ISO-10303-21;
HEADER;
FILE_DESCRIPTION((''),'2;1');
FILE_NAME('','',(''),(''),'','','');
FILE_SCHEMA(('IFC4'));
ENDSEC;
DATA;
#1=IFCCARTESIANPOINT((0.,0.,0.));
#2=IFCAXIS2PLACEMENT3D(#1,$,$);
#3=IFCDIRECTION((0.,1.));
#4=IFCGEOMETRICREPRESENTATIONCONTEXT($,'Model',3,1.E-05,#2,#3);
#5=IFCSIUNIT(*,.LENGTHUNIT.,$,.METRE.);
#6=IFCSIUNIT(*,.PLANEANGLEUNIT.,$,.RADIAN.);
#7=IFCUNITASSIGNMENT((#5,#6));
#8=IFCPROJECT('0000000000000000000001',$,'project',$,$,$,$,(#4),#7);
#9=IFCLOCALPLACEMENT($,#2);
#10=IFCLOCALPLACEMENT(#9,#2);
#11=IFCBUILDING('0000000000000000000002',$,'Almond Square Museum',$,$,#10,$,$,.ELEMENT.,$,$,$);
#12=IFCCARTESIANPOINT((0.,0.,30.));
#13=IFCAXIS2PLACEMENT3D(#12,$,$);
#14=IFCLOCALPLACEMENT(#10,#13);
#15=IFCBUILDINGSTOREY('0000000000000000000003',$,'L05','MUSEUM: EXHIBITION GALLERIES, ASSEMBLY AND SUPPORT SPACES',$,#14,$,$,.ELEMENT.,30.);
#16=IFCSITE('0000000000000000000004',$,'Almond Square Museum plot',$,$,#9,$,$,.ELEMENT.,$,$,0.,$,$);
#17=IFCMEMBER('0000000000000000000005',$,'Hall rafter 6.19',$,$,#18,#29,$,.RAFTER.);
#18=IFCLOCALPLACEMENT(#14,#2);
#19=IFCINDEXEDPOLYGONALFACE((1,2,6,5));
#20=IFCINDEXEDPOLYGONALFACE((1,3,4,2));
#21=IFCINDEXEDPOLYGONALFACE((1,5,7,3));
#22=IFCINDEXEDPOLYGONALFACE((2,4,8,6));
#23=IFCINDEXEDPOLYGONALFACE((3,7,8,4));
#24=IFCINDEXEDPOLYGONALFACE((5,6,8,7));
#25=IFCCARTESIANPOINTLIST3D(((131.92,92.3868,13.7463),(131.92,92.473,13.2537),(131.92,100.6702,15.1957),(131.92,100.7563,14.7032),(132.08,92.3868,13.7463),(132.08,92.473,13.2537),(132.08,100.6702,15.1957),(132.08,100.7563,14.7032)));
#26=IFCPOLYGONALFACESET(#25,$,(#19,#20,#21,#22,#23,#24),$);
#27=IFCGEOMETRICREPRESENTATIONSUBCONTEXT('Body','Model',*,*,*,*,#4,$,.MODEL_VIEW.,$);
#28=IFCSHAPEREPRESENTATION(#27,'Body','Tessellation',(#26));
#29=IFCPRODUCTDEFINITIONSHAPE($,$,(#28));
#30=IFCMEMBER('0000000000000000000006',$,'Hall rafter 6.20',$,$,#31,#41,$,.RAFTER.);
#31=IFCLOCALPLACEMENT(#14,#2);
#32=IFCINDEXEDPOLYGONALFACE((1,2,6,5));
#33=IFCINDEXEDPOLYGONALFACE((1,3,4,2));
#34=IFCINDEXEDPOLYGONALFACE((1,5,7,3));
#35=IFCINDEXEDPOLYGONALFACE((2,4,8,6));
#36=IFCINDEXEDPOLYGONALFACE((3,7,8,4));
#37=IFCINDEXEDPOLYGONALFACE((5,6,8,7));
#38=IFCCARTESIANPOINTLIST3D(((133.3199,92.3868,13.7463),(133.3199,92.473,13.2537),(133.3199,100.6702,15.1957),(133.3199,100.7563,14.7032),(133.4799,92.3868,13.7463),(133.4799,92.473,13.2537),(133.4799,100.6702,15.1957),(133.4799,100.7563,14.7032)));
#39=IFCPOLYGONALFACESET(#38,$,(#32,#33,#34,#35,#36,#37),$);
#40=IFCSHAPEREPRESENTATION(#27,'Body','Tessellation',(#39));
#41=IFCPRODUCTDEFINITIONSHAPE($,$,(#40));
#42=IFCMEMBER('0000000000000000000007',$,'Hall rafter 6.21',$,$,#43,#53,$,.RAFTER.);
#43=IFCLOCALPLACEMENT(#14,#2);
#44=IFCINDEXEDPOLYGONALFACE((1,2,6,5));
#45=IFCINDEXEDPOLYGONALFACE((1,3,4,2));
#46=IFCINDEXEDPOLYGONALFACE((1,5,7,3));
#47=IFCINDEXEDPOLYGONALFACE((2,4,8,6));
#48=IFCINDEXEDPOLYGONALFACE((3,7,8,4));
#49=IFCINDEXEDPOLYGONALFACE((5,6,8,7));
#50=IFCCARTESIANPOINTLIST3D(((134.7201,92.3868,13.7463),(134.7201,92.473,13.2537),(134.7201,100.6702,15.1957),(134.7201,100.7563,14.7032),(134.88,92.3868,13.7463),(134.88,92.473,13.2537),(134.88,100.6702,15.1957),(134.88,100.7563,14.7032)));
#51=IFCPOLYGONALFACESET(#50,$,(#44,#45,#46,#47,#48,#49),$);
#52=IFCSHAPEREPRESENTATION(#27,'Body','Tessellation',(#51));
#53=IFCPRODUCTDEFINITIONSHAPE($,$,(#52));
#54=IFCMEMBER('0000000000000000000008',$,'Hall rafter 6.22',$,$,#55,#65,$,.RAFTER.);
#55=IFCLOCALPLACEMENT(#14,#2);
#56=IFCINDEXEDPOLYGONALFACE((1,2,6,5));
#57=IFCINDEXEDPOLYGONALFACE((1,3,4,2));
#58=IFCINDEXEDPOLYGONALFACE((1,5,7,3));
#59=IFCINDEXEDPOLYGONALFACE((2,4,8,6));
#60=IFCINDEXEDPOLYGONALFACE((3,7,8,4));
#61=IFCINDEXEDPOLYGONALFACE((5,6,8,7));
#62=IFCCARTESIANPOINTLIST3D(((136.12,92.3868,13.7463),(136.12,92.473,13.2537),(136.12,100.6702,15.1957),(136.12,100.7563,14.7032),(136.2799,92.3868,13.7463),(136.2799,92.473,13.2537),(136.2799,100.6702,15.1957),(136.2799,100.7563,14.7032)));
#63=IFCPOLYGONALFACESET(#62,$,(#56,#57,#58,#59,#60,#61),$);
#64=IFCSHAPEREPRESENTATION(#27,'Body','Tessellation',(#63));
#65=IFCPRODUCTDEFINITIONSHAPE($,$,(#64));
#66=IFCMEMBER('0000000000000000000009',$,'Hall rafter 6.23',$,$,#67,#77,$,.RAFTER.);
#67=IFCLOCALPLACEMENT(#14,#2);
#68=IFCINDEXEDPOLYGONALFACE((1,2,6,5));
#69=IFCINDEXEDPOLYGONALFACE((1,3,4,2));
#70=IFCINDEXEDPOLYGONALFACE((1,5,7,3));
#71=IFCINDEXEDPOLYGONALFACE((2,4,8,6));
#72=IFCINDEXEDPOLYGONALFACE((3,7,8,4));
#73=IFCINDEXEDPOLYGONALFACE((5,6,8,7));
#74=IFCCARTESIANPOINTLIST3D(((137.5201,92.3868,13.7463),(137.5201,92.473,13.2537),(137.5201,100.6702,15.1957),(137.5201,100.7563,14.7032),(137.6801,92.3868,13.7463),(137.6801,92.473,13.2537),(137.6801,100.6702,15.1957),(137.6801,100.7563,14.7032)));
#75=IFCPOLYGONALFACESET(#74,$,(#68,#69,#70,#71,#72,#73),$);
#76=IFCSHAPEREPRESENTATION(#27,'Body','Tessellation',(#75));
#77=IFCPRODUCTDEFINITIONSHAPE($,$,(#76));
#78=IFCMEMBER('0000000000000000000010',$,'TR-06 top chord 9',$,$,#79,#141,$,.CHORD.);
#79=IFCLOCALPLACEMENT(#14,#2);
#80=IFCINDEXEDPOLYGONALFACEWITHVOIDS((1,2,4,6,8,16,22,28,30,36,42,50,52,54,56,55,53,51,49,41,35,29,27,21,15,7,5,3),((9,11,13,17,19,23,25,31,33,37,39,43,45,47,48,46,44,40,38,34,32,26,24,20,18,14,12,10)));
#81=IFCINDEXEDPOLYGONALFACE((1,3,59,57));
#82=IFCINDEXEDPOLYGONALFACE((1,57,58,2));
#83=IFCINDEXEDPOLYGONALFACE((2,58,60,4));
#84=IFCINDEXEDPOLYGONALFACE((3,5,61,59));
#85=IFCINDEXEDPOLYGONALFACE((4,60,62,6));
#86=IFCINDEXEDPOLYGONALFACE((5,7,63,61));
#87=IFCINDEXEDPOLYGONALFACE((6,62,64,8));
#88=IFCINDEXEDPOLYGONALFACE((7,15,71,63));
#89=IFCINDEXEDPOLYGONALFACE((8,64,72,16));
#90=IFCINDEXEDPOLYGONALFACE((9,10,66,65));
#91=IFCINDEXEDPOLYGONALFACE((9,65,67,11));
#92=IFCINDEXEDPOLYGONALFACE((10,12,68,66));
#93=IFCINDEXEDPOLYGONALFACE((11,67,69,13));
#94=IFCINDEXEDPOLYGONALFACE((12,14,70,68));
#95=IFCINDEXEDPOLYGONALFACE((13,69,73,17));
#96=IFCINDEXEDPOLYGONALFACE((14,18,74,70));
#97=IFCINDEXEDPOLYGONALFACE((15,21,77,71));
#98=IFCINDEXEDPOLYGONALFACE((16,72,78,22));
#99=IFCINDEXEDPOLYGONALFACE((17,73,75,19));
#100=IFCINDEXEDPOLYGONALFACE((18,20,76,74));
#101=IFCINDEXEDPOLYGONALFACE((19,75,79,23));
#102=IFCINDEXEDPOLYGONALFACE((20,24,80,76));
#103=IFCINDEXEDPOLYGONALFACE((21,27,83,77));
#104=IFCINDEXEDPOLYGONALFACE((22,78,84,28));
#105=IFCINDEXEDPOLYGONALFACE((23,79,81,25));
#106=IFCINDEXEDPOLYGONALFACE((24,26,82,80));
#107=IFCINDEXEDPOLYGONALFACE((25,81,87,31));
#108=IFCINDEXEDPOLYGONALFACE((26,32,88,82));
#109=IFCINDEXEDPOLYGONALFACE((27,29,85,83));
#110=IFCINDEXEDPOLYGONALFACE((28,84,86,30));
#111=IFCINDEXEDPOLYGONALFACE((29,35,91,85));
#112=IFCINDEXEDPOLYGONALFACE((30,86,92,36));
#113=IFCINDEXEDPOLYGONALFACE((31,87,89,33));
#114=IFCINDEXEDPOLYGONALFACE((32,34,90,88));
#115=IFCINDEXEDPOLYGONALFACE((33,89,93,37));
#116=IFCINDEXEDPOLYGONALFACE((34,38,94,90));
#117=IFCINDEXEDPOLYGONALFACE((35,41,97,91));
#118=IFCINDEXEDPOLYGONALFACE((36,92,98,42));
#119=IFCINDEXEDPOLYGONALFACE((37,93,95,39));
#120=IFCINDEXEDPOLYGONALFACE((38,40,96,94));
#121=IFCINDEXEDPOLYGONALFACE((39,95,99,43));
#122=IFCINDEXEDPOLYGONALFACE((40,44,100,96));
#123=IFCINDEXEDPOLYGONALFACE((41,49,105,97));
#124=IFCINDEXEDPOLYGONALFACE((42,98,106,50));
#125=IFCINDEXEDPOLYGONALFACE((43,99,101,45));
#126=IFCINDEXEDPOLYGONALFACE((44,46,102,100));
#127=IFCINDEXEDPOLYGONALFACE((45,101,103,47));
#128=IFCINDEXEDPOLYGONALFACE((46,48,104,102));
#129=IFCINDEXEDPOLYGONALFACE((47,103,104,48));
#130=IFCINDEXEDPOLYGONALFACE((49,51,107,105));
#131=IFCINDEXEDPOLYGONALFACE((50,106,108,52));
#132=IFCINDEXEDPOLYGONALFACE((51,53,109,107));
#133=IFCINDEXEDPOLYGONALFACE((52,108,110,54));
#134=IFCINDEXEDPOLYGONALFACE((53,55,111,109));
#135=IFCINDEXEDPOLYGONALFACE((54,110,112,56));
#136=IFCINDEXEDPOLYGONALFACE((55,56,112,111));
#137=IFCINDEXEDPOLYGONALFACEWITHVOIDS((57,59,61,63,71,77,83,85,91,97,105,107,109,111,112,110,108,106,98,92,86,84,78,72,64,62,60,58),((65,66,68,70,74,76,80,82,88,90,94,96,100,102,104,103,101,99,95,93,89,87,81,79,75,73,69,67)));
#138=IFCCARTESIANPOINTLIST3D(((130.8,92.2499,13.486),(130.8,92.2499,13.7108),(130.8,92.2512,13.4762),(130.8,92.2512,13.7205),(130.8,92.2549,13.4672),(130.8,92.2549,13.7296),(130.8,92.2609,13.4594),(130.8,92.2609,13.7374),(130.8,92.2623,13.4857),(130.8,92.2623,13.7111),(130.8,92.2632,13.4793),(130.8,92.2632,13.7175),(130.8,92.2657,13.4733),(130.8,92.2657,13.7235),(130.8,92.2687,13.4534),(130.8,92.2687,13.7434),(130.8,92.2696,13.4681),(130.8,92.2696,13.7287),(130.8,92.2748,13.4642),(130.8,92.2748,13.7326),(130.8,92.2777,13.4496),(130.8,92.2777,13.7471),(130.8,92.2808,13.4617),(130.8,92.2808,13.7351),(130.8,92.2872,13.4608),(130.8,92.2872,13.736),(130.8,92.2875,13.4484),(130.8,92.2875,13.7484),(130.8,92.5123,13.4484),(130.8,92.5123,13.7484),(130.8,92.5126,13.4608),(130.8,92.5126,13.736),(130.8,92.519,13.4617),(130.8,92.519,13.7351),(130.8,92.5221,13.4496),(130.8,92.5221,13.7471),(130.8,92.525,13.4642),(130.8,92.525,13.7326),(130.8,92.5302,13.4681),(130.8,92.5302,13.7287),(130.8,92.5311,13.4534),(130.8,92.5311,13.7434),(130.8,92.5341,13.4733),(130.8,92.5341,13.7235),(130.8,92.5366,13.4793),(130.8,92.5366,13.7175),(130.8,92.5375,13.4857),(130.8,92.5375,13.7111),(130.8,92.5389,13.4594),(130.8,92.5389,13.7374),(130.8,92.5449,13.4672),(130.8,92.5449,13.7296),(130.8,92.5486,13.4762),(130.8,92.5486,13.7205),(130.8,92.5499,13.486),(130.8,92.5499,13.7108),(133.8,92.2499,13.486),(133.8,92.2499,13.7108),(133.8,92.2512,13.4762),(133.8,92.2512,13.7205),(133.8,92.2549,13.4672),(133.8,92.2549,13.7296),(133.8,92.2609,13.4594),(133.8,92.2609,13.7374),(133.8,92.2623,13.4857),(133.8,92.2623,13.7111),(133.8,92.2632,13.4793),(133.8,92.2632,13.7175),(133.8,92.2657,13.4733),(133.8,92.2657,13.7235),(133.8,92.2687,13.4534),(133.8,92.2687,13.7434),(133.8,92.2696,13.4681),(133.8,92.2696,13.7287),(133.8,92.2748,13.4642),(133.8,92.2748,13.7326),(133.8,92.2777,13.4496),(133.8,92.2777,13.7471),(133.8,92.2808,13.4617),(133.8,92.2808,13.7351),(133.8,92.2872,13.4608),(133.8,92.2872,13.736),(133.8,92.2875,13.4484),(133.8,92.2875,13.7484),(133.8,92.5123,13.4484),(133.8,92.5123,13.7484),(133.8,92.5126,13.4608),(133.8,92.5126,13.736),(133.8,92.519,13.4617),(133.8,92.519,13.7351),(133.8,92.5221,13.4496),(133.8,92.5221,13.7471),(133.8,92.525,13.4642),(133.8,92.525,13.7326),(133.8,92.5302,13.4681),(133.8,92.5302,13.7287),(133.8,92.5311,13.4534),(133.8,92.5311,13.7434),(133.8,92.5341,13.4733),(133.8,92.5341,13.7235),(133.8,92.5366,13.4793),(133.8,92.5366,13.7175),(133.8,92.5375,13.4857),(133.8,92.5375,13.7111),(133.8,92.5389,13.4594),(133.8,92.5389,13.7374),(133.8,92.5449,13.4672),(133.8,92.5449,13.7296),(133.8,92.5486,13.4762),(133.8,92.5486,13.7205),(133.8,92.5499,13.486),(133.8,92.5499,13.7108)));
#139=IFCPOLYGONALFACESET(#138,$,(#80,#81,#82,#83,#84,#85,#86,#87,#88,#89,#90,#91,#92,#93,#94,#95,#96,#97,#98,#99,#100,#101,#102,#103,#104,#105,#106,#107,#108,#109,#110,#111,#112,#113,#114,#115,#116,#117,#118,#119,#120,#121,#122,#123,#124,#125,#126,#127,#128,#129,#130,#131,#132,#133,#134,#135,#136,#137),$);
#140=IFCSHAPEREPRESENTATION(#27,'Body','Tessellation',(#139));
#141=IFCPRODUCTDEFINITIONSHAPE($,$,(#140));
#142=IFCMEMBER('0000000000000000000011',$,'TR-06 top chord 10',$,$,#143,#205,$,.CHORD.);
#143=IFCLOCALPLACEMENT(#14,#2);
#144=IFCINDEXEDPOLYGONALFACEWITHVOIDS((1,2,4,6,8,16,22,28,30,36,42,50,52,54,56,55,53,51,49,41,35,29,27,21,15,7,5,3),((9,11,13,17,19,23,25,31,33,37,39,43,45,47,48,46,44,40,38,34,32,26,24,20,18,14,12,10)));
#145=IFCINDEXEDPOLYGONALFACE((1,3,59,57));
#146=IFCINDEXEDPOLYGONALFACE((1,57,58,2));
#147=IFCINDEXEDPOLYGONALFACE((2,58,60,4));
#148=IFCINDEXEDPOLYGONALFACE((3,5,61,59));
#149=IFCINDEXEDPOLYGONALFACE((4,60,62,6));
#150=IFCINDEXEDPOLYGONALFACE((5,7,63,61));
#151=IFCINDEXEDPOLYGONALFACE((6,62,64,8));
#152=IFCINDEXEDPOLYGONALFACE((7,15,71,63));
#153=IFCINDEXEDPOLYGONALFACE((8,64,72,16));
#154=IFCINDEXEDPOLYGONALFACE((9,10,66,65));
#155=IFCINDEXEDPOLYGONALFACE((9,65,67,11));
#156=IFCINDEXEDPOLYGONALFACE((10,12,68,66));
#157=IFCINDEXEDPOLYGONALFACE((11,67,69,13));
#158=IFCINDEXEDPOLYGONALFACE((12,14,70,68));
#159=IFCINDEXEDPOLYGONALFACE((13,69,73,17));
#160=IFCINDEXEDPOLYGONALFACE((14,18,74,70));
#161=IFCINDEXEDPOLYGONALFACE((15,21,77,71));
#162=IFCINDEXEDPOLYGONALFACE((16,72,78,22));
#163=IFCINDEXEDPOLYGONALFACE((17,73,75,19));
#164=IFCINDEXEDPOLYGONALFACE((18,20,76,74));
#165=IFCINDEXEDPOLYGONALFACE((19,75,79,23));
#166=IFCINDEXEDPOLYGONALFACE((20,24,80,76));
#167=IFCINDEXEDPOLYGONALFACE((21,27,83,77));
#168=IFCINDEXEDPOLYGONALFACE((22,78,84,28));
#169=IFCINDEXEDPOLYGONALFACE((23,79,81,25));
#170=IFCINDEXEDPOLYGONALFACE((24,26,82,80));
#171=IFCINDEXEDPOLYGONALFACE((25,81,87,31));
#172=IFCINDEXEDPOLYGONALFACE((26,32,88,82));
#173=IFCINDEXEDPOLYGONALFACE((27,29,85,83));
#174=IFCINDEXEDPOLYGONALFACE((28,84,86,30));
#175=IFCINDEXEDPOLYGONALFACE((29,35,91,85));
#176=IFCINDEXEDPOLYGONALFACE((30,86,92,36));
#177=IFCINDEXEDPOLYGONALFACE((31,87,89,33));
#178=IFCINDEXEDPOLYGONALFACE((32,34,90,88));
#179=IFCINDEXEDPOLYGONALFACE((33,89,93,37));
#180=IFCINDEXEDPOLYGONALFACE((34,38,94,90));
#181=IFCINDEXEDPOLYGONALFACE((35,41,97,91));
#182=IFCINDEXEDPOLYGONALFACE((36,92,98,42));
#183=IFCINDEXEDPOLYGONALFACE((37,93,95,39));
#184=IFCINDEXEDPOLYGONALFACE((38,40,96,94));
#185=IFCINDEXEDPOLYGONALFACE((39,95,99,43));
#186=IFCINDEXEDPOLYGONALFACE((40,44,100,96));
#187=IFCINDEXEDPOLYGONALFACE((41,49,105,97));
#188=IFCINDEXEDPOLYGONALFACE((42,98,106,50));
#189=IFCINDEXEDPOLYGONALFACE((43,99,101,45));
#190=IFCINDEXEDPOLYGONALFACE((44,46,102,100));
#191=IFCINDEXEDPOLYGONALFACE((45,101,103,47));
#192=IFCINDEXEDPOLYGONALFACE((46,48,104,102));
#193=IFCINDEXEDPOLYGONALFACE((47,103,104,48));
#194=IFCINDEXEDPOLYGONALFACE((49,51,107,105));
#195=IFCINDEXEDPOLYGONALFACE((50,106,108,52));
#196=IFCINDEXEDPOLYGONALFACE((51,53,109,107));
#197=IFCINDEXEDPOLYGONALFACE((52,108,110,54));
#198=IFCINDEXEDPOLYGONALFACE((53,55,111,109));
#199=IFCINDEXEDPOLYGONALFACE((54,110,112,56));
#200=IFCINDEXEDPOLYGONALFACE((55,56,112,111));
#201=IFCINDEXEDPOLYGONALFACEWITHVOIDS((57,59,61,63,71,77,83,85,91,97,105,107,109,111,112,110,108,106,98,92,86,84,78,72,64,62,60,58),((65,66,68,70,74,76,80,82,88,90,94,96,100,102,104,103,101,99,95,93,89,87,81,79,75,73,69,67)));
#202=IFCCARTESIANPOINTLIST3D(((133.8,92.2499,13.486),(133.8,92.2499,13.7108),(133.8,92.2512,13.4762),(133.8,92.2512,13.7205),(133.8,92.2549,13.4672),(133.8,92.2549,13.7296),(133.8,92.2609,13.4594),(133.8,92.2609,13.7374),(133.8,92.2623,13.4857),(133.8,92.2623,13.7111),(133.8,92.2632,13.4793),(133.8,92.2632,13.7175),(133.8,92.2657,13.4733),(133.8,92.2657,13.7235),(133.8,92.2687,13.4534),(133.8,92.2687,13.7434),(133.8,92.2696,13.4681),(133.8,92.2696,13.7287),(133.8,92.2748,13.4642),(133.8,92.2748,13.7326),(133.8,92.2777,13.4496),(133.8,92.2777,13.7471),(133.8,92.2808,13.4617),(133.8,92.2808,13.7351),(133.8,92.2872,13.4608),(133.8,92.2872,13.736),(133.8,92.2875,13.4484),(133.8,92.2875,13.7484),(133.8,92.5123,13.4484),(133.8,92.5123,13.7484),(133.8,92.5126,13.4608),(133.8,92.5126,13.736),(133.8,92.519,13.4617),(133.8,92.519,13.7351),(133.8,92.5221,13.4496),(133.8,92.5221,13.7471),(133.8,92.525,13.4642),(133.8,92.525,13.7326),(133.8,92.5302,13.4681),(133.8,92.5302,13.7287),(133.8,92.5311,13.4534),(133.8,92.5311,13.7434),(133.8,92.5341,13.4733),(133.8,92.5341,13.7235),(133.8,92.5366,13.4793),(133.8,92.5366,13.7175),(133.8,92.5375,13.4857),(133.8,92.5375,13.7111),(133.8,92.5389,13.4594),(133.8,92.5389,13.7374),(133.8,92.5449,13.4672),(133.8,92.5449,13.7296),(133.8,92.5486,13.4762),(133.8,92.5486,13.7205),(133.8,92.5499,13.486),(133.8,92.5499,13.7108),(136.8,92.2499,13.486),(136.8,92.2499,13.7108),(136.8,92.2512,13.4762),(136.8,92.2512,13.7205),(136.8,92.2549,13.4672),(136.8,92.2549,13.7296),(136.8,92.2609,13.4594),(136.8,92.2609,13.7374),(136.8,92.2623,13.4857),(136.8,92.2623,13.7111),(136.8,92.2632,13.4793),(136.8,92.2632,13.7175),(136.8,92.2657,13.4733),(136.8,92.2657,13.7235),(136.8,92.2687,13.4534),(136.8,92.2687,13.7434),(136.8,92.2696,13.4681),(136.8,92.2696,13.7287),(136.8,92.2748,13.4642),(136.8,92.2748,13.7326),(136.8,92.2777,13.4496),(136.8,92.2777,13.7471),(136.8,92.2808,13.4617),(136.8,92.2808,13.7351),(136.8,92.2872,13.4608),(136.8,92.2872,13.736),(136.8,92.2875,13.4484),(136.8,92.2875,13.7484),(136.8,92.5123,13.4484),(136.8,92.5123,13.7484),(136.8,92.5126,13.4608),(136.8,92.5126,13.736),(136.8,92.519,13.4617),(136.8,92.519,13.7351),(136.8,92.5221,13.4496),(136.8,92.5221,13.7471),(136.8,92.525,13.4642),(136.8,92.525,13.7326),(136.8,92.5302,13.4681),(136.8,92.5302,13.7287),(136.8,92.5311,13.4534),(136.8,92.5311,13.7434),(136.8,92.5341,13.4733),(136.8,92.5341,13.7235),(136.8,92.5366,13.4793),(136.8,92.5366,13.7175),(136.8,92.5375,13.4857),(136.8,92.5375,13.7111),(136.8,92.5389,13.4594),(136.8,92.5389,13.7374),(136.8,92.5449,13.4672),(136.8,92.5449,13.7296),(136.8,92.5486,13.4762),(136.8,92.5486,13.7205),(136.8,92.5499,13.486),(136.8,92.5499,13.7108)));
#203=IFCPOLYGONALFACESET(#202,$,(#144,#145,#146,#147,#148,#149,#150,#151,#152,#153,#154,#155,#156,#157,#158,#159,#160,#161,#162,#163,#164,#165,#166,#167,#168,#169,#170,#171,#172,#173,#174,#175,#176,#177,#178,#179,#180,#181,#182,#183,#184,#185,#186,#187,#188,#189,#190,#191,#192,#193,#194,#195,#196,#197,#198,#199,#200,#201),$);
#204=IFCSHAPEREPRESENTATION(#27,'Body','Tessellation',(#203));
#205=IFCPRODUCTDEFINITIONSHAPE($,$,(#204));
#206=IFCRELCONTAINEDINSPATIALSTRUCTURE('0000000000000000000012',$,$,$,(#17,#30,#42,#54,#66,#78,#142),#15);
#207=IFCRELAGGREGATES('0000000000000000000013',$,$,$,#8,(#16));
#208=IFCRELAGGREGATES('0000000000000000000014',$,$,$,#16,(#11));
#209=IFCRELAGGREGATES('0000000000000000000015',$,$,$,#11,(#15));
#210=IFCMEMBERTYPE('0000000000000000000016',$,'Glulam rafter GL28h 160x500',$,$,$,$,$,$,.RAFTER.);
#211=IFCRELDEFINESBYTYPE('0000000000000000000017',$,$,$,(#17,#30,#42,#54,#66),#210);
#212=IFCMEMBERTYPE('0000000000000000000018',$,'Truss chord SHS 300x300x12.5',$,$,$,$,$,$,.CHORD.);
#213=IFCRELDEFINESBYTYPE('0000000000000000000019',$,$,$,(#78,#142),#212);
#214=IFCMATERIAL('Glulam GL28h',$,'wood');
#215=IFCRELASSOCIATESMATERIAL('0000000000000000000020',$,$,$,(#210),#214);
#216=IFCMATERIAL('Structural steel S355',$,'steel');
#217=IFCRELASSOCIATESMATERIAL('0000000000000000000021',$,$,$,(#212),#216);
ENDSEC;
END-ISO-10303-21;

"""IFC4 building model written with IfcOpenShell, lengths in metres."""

from ifc_helpers import new_model, si_unit, direction, frame, origin, origin_2d, place, context, subcontext, project, spatial, rectangle, hollow_rectangle, extrude, material, material_profile, profile_set, type_object, element, save


model = new_model("IFC4")

# Units and contexts
model_context = context("Model", 3, precision=1e-05, world=origin(), true_north=direction((0.0, 1.0)))
body_context = subcontext(model_context, "Body", "Model", "MODEL_VIEW")
ifc_project = project(units=[si_unit("LENGTHUNIT", "METRE"), si_unit("PLANEANGLEUNIT", "RADIAN")], contexts=[model_context])

# Site, building, storey
site_placement = place(None, origin())
site = spatial("IfcSite", under=ifc_project, at=site_placement, Name="Almond Square Museum plot", CompositionType="ELEMENT", RefElevation=0.0)
building_placement = place(site_placement, origin())
building = spatial("IfcBuilding", under=site, at=building_placement, Name="Almond Square Museum", CompositionType="ELEMENT")
storey_placement = place(building_placement, frame((0.0, 0.0, 30.0)))
storey = spatial("IfcBuildingStorey", under=building, at=storey_placement, Name="L05", Description="MUSEUM: EXHIBITION GALLERIES, ASSEMBLY AND SUPPORT SPACES", CompositionType="ELEMENT", Elevation=30.0)

# Members
ifc_material_1 = material(Name="Glulam GL28h", Category="wood")
ifc_material_profile_1 = material_profile(ifc_material_1, rectangle(XDim=0.1599, YDim=0.5, at=origin_2d()))
ifc_profile_set_1 = profile_set([ifc_material_profile_1], Name="Glulam GL28h")
member_type_1 = type_object("IfcMemberType", Name="Glulam rafter GL28h 160x500", PredefinedType="RAFTER", material=ifc_profile_set_1)
for number, where, z_axis, x_axis, name in (
    (1, (132.0, 92.4299, 13.5), (0.0, 0.985032, 0.172369), (-1.0, 0.0, 0.0), "Hall rafter 6.19"),
    (2, (133.3999, 92.4299, 13.5), (0.0, 0.985032, 0.172369), (-1.0, 0.0, 0.0), "Hall rafter 6.20"),
    (3, (134.8, 92.4299, 13.5), (0.0, 0.985032, 0.172369), (-1.0, 0.0, 0.0), "Hall rafter 6.21"),
    (4, (136.2, 92.4299, 13.5), (0.0, 0.985032, 0.172369), (-1.0, 0.0, 0.0), "Hall rafter 6.22"),
    (5, (137.6001, 92.4299, 13.5), (0.0, 0.985032, 0.172369), (-1.0, 0.0, 0.0), "Hall rafter 6.23"),
):
    element("IfcMember", number, at=place(storey_placement, frame(where, z_axis=z_axis, x_axis=x_axis)), inside=storey, type_object=member_type_1, Name=name, PredefinedType="RAFTER", context=body_context, shape_type="SweptSolid", body=[
        extrude(rectangle(XDim=0.1599, YDim=0.5, at=origin_2d()), origin(), (0.0, 0.0, 1.0), 8.4092),
    ])
ifc_material_2 = material(Name="Structural steel S355", Category="steel")
ifc_material_profile_2 = material_profile(ifc_material_2, hollow_rectangle(XDim=0.3, YDim=0.3, WallThickness=0.0125, InnerFilletRadius=0.0249, OuterFilletRadius=0.0376, at=origin_2d()))
ifc_profile_set_2 = profile_set([ifc_material_profile_2], Name="Structural steel S355")
member_type_2 = type_object("IfcMemberType", Name="Truss chord SHS 300x300x12.5", PredefinedType="CHORD", material=ifc_profile_set_2)
for number, where, z_axis, x_axis, name in (
    (6, (130.8, 92.3999, 13.5984), (1.0, 0.0, 0.0), (0.0, 1.0, 0.0), "TR-06 top chord 9"),
    (7, (133.8, 92.3999, 13.5984), (1.0, 0.0, 0.0), (0.0, 1.0, 0.0), "TR-06 top chord 10"),
):
    element("IfcMember", number, at=place(storey_placement, frame(where, z_axis=z_axis, x_axis=x_axis)), inside=storey, type_object=member_type_2, Name=name, PredefinedType="CHORD", context=body_context, shape_type="SweptSolid", body=[
        extrude(hollow_rectangle(XDim=0.3, YDim=0.3, WallThickness=0.0125, InnerFilletRadius=0.0249, OuterFilletRadius=0.0376, at=origin_2d()), origin(), (0.0, 0.0, 1.0), 3.0),
    ])

save(model, "model.ifc")
